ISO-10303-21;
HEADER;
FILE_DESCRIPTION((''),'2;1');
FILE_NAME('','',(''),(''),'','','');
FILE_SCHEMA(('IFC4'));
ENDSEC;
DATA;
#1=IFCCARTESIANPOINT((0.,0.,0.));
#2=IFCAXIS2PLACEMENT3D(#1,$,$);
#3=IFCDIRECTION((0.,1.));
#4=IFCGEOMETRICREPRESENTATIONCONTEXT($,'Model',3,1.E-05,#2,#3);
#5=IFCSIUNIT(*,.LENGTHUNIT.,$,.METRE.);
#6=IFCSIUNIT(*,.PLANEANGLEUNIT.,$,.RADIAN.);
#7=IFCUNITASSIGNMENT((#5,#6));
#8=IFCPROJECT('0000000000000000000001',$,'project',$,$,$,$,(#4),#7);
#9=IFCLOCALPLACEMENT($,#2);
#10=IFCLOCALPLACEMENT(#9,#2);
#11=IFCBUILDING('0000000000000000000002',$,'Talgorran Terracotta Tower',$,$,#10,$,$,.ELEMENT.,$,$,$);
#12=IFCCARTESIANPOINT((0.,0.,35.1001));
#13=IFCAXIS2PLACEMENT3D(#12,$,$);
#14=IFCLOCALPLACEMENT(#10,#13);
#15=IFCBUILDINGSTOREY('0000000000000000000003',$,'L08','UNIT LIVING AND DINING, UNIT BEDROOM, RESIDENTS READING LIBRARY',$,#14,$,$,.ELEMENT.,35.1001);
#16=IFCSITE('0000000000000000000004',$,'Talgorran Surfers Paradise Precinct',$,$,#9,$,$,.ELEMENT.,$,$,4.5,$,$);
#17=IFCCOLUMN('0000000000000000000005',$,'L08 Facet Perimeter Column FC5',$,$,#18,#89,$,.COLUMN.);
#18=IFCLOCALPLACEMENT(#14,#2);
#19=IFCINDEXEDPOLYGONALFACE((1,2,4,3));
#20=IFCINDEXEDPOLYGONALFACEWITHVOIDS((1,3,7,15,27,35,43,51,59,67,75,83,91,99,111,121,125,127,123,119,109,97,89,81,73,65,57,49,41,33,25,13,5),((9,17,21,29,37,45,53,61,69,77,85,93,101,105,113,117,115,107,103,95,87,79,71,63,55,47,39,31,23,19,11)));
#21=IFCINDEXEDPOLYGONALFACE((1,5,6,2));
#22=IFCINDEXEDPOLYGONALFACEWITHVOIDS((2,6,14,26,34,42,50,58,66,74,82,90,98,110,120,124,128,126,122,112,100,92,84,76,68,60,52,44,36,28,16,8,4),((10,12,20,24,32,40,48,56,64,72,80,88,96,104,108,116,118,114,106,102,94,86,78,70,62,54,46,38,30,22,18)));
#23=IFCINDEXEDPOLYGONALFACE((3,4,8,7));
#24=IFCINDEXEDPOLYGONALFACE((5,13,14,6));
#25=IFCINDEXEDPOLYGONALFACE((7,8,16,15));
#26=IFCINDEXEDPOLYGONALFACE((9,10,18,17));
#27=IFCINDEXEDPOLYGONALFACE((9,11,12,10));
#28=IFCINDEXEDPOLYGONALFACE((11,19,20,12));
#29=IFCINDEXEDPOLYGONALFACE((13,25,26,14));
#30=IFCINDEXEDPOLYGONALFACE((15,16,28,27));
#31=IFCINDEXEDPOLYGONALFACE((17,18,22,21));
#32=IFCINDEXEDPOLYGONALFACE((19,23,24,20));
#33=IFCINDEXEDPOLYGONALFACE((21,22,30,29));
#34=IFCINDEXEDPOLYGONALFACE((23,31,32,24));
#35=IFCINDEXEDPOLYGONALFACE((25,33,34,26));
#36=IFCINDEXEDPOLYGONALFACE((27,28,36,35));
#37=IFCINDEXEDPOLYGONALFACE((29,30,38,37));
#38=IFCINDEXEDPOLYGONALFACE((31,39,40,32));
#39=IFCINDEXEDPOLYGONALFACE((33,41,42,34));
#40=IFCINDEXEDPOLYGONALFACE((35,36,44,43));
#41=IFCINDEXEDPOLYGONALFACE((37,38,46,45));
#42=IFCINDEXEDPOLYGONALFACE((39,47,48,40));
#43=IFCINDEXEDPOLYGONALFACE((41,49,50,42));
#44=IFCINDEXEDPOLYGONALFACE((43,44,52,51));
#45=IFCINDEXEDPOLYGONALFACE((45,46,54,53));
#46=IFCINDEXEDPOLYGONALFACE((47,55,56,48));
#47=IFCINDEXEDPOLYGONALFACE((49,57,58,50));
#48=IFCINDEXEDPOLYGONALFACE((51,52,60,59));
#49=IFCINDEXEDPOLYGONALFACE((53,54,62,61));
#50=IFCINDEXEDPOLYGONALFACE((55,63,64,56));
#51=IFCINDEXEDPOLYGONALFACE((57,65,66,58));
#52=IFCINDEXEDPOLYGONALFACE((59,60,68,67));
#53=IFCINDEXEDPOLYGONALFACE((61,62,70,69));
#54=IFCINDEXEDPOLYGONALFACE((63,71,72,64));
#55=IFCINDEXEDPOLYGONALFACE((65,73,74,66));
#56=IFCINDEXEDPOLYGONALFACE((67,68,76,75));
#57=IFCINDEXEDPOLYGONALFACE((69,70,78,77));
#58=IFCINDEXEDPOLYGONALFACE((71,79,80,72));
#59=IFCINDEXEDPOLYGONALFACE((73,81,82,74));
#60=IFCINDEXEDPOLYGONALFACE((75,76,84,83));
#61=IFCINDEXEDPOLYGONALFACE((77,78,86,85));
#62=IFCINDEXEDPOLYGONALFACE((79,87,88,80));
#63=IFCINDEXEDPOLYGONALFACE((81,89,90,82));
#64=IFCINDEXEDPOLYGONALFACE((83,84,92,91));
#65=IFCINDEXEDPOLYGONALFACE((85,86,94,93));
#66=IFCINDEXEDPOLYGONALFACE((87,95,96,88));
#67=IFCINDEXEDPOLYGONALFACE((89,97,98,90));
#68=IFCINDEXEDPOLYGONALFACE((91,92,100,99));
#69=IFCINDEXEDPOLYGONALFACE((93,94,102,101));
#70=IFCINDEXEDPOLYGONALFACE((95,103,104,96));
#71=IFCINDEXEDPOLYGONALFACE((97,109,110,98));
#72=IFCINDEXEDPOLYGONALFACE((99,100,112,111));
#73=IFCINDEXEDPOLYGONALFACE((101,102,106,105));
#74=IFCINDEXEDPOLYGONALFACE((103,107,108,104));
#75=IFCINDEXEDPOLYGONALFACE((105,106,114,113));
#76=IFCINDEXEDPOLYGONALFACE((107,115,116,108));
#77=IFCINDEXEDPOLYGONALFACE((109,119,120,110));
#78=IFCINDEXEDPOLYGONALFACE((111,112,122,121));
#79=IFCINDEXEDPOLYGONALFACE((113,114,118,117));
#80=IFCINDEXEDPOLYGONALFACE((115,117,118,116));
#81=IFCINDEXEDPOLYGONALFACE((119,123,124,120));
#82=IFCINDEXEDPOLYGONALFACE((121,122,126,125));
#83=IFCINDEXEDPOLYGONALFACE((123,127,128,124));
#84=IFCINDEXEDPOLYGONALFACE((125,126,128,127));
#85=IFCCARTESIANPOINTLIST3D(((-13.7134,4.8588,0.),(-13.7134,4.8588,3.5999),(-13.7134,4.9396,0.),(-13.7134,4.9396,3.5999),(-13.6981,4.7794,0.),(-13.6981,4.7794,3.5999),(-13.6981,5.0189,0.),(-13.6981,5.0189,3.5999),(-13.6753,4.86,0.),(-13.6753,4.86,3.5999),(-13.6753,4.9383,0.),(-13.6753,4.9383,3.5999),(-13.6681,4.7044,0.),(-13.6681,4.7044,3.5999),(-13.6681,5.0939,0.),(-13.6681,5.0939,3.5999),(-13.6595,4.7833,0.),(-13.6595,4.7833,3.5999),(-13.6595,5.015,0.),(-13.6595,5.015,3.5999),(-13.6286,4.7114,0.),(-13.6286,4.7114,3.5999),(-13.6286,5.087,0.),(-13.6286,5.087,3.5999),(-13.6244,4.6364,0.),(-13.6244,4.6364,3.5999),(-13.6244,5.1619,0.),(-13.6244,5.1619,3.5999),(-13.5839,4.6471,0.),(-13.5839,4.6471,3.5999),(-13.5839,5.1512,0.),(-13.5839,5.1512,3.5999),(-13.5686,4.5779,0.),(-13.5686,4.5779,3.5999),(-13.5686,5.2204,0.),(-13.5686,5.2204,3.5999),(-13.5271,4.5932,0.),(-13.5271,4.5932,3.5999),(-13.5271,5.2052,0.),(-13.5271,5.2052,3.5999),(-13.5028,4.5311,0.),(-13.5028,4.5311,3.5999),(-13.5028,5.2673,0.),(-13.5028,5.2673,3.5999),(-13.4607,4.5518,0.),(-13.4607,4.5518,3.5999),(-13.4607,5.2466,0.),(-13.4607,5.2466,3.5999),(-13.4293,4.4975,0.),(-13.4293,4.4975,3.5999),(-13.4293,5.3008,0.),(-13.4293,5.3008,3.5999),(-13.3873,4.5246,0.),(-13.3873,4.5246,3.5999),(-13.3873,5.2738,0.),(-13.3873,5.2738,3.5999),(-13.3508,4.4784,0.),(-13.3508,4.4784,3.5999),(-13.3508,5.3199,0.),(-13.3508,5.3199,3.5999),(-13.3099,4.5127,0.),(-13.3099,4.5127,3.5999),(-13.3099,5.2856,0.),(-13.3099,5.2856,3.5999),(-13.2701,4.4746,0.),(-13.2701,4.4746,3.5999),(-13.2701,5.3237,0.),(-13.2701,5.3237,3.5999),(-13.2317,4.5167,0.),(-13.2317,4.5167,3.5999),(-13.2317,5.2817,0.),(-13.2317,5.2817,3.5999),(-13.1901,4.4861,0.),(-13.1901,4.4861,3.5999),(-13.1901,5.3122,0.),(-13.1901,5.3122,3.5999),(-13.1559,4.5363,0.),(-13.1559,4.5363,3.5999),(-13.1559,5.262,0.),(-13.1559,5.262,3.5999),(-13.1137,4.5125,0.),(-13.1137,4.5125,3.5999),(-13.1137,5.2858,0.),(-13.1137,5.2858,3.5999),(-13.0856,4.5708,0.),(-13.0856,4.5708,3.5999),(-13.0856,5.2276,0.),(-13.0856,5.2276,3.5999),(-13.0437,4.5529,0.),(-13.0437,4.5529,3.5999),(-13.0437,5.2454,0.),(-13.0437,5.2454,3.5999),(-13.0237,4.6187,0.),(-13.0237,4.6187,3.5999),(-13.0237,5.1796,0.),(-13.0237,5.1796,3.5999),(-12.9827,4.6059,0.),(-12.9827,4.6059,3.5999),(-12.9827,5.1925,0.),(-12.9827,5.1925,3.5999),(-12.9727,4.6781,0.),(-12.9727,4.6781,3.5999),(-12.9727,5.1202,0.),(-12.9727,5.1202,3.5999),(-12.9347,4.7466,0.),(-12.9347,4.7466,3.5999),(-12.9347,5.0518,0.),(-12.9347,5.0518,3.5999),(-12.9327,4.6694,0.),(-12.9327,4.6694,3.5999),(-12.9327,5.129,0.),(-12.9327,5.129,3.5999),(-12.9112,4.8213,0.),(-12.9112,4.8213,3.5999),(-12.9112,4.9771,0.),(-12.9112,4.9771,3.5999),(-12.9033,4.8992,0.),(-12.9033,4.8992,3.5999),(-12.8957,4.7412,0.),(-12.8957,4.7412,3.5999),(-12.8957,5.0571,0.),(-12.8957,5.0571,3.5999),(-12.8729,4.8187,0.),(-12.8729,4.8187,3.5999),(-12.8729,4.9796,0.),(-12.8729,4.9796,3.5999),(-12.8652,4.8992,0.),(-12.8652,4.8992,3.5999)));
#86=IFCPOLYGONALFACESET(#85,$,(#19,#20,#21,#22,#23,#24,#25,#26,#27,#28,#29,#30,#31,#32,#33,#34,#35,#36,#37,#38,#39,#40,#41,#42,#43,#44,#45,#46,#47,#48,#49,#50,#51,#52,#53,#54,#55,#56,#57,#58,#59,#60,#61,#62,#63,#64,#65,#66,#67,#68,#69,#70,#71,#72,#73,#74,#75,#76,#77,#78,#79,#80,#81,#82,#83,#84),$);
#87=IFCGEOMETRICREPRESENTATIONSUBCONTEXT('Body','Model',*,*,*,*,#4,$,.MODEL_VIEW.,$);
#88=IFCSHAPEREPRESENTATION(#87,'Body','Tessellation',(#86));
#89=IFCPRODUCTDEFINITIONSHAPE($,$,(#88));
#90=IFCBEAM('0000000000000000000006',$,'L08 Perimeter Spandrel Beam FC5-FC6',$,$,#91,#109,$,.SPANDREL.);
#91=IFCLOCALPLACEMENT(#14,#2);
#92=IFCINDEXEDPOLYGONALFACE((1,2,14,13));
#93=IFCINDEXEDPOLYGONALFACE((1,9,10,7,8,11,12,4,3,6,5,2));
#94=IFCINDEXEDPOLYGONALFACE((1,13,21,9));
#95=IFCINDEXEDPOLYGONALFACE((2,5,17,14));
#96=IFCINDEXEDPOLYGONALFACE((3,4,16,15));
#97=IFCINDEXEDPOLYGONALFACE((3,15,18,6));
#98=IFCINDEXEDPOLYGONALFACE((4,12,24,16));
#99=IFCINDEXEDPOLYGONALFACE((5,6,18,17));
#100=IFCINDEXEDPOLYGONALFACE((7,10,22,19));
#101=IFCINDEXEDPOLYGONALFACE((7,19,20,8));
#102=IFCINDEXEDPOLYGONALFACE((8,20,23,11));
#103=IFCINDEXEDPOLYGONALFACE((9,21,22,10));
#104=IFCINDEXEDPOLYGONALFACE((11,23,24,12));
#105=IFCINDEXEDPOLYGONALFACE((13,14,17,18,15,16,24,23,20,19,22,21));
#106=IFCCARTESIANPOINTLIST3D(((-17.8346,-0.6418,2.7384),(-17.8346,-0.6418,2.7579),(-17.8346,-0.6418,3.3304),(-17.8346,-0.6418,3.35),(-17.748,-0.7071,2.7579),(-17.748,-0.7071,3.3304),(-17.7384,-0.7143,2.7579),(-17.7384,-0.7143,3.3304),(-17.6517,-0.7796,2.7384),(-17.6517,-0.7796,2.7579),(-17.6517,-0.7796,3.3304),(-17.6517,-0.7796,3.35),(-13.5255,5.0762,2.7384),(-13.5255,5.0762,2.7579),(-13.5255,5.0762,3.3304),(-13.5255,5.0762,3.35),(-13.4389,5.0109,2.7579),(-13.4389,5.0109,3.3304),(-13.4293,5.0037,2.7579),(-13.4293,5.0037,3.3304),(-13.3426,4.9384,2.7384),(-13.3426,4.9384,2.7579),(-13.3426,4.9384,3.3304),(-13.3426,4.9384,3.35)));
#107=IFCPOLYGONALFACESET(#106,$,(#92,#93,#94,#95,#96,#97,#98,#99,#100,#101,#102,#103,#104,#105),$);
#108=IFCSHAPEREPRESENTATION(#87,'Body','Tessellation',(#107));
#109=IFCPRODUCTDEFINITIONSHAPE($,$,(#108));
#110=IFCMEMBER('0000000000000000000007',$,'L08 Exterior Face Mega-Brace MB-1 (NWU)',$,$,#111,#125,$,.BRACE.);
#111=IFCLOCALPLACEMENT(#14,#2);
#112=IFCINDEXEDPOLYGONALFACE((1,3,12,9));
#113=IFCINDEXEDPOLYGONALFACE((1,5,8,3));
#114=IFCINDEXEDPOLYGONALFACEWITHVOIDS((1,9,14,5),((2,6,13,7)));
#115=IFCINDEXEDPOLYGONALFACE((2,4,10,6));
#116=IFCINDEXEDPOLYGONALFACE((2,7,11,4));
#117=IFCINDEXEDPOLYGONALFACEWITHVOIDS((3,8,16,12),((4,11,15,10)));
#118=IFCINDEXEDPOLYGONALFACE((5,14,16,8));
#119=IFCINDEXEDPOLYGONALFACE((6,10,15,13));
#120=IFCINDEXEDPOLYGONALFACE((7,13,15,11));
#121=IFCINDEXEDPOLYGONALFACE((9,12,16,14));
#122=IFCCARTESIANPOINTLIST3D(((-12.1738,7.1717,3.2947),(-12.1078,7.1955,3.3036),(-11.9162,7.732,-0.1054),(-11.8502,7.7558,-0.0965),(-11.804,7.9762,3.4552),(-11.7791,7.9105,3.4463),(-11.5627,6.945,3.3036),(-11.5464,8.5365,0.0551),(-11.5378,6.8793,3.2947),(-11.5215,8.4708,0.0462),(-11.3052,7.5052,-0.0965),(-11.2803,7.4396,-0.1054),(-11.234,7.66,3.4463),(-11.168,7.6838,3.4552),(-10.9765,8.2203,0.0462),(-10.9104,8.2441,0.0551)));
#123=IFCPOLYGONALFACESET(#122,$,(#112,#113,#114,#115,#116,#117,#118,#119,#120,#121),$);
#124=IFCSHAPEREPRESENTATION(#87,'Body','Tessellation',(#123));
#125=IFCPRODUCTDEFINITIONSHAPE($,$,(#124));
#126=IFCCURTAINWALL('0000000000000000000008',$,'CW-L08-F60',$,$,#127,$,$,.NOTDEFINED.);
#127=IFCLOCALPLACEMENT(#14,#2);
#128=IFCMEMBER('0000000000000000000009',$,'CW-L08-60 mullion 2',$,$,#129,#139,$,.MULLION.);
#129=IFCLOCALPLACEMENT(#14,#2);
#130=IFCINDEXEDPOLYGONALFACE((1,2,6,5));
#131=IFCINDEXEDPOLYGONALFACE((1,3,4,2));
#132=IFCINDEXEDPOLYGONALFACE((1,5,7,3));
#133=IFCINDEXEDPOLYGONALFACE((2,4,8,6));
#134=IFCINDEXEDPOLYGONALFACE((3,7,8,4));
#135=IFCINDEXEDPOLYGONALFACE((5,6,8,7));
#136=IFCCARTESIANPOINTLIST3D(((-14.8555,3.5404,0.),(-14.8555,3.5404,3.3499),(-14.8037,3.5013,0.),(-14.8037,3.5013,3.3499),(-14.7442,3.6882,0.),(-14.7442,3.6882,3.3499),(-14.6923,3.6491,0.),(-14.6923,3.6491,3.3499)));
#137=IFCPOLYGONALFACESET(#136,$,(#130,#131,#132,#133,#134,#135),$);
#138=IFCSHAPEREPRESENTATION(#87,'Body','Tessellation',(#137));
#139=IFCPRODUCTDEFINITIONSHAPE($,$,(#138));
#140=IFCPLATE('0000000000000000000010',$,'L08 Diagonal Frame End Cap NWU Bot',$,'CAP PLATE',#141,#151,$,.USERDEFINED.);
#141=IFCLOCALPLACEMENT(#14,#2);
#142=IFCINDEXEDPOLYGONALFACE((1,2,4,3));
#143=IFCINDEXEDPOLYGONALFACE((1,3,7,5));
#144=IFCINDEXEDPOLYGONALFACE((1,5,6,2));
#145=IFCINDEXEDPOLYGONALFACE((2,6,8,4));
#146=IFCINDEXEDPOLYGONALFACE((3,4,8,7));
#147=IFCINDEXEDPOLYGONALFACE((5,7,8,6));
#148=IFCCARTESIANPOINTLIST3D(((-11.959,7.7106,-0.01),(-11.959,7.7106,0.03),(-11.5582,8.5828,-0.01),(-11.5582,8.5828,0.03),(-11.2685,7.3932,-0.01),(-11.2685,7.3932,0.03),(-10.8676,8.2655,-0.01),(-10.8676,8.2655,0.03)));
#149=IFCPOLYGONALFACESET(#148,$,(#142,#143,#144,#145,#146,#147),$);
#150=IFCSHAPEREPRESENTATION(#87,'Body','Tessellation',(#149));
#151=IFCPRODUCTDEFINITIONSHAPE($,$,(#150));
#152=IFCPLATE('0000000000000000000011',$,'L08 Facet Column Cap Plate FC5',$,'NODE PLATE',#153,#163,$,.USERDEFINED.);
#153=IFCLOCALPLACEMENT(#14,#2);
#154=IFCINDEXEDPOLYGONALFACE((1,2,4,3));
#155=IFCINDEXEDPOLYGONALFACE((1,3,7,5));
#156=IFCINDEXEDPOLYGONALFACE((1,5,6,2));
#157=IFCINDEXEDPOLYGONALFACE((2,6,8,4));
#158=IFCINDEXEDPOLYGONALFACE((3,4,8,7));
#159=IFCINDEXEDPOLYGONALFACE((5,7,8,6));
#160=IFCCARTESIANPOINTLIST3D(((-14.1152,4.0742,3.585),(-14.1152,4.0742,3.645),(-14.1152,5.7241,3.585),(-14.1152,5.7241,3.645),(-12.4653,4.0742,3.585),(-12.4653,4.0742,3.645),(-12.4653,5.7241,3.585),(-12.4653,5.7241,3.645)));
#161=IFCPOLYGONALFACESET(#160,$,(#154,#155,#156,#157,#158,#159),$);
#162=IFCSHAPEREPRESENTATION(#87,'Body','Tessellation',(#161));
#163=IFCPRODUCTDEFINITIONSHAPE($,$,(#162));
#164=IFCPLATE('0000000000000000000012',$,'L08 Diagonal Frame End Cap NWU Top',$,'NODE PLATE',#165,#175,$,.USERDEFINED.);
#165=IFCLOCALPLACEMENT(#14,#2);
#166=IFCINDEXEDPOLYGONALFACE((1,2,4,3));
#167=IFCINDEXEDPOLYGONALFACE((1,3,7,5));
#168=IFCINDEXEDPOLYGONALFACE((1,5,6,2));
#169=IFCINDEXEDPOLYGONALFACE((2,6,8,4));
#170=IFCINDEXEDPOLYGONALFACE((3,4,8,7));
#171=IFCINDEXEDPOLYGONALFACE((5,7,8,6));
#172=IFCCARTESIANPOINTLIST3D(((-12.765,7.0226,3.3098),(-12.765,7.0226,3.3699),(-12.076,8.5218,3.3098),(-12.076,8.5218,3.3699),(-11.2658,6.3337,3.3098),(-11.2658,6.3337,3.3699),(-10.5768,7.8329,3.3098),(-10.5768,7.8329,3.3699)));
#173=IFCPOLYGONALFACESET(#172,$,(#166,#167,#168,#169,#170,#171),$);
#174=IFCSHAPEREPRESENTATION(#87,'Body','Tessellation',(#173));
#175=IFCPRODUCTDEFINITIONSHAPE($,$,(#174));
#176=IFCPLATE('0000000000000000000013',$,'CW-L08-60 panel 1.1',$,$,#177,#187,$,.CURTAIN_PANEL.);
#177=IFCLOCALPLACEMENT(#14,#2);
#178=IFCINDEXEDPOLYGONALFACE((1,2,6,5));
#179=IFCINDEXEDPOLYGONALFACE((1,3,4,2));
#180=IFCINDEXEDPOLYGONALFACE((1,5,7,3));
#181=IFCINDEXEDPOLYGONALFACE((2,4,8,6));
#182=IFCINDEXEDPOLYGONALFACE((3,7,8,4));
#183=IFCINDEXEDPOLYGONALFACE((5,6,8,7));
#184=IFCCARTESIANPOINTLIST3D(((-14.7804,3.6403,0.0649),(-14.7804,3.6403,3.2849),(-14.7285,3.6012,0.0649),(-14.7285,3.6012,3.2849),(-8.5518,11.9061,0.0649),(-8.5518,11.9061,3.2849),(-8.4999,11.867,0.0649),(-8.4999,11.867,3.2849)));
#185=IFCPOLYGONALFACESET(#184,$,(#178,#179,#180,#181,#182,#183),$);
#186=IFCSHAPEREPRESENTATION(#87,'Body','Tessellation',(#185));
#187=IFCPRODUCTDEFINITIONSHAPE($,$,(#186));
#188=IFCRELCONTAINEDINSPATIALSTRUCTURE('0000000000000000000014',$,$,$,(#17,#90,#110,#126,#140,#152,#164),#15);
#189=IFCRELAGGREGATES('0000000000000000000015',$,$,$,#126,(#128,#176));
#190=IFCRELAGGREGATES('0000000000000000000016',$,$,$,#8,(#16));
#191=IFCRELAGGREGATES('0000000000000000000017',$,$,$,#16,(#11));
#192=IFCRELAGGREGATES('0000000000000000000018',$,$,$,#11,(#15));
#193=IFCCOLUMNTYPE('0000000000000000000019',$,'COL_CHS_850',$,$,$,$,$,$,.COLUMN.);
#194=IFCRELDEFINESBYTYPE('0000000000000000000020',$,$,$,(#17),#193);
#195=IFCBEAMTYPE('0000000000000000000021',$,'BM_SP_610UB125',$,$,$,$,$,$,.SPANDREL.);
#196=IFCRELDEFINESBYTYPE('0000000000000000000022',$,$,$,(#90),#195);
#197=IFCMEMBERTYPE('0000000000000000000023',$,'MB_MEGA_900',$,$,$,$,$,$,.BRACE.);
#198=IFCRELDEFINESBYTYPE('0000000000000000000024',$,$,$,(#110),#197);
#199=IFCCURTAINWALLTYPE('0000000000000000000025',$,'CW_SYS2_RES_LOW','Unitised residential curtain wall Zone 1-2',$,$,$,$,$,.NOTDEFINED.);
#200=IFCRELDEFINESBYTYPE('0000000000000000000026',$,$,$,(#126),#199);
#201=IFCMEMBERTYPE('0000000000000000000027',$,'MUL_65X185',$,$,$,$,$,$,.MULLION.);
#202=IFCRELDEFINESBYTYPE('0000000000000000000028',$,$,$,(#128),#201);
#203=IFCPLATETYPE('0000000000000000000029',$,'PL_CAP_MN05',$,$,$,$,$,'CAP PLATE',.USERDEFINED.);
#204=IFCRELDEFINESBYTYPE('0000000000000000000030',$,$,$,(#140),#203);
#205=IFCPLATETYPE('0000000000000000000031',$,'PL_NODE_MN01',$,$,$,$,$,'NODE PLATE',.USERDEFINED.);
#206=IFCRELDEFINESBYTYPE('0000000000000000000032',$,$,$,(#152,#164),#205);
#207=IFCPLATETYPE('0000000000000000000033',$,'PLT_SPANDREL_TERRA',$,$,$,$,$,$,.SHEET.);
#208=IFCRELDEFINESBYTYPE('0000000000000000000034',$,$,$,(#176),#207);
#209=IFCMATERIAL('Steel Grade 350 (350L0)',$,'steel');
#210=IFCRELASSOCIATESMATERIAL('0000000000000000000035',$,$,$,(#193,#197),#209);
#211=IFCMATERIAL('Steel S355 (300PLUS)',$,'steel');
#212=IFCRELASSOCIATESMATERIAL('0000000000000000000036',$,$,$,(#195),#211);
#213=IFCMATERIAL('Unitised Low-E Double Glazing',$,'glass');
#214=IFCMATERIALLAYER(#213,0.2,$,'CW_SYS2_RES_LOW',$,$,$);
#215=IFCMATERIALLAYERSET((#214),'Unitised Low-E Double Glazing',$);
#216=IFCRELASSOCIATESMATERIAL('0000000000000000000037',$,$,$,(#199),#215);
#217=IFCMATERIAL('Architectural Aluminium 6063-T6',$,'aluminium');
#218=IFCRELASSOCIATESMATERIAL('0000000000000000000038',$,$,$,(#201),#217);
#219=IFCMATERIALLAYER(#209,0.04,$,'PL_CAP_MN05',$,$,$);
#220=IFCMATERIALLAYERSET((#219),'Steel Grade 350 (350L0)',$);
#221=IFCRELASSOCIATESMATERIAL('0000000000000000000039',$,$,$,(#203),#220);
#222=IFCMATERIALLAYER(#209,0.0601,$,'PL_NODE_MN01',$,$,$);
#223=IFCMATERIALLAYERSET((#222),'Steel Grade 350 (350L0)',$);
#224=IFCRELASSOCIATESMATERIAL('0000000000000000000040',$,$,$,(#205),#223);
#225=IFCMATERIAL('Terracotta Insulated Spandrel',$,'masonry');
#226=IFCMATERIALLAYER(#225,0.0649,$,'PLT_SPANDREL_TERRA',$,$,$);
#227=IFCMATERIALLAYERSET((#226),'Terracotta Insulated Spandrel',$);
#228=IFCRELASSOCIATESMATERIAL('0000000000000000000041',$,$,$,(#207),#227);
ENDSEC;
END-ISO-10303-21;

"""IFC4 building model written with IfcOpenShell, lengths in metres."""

from ifc_helpers import new_model, si_unit, direction, frame, origin, origin_2d, place, context, subcontext, project, spatial, rectangle, hollow_rectangle, hollow_circle, i_section, extrude, source, transform, mapped, material, layer, layer_set, material_profile, profile_set, type_object, type_shapes, element, aggregate, save


model = new_model("IFC4")

# Units and contexts
model_context = context("Model", 3, precision=1e-05, world=origin(), true_north=direction((0.0, 1.0)))
body_context = subcontext(model_context, "Body", "Model", "MODEL_VIEW")
ifc_project = project(units=[si_unit("LENGTHUNIT", "METRE"), si_unit("PLANEANGLEUNIT", "RADIAN")], contexts=[model_context])

# Site, building, storey
site_placement = place(None, origin())
site = spatial("IfcSite", under=ifc_project, at=site_placement, Name="Talgorran Surfers Paradise Precinct", CompositionType="ELEMENT", RefElevation=4.5)
building_placement = place(site_placement, origin())
building = spatial("IfcBuilding", under=site, at=building_placement, Name="Talgorran Terracotta Tower", CompositionType="ELEMENT")
storey_placement = place(building_placement, frame((0.0, 0.0, 35.1001)))
storey = spatial("IfcBuildingStorey", under=building, at=storey_placement, Name="L08", Description="UNIT LIVING AND DINING, UNIT BEDROOM, RESIDENTS READING LIBRARY", CompositionType="ELEMENT", Elevation=35.1001)

# Column
ifc_material_1 = material(Name="Steel Grade 350 (350L0)", Category="steel")
ifc_material_profile_1 = material_profile(ifc_material_1, hollow_circle(Radius=0.425, WallThickness=0.0381, at=origin_2d()), Name="CHS850X38")
ifc_profile_set_1 = profile_set([ifc_material_profile_1], Name="Steel Grade 350 (350L0)")
column_type = type_object("IfcColumnType", Name="COL_CHS_850", PredefinedType="COLUMN", material=ifc_profile_set_1)
column_placement = place(storey_placement, frame((-13.2903, 4.8992, 0.0), z_axis=(0.0, 0.0, 1.0), x_axis=(1.0, 0.0, 0.0)))
element("IfcColumn", 1, at=column_placement, inside=storey, type_object=column_type, Name="L08 Facet Perimeter Column FC5", PredefinedType="COLUMN", context=body_context, shape_type="SweptSolid", body=[
    extrude(hollow_circle(Radius=0.425, WallThickness=0.0381, at=origin_2d()), origin(), (0.0, 0.0, 1.0), 3.5999),
])

# Beam
ifc_material_2 = material(Name="Steel S355 (300PLUS)", Category="steel")
ifc_material_profile_2 = material_profile(ifc_material_2, i_section(OverallWidth=0.229, OverallDepth=0.6116, WebThickness=0.012, FlangeThickness=0.0195, at=origin_2d()), Name="610UB125")
ifc_profile_set_2 = profile_set([ifc_material_profile_2], Name="Steel S355 (300PLUS)")
beam_type = type_object("IfcBeamType", Name="BM_SP_610UB125", PredefinedType="SPANDREL", material=ifc_profile_set_2)
beam_placement = place(storey_placement, frame((-13.4341, 5.0073, 3.0442), z_axis=(-0.601837, -0.798619, 0.0), x_axis=(0.798619, -0.601837, 0.0)))
element("IfcBeam", 2, at=beam_placement, inside=storey, type_object=beam_type, Name="L08 Perimeter Spandrel Beam FC5-FC6", PredefinedType="SPANDREL", context=body_context, shape_type="SweptSolid", body=[
    extrude(i_section(OverallWidth=0.229, OverallDepth=0.6116, WebThickness=0.012, FlangeThickness=0.0195, at=origin_2d()), origin(), (0.0, 0.0, 1.0), 7.1599),
])

# Member
ifc_material_profile_3 = material_profile(ifc_material_1, hollow_rectangle(XDim=0.7, YDim=0.8999, WallThickness=0.05, at=origin_2d()), Name="WBOX900X700X50")
ifc_profile_set_3 = profile_set([ifc_material_profile_3], Name="Steel Grade 350 (350L0)")
member_type_1 = type_object("IfcMemberType", Name="MB_MEGA_900", PredefinedType="BRACE", material=ifc_profile_set_3)
member_1_placement = place(storey_placement, frame((-11.4133, 7.988, -0.0251), z_axis=(-0.074536, -0.162143, 0.983948), x_axis=(0.908596, -0.417677, 0.0)))
element("IfcMember", 3, at=member_1_placement, inside=storey, type_object=member_type_1, Name="L08 Exterior Face Mega-Brace MB-1 (NWU)", PredefinedType="BRACE", context=body_context, shape_type="SweptSolid", body=[
    extrude(hollow_rectangle(XDim=0.7, YDim=0.8999, WallThickness=0.05, at=origin_2d()), origin(), (0.0, 0.0, 1.0), 3.4556),
])

# Curtain wall, member
ifc_material_3 = material(Name="Unitised Low-E Double Glazing", Category="glass")
ifc_layer_1 = layer(ifc_material_3, 0.2, Name="CW_SYS2_RES_LOW")
ifc_layer_set_1 = layer_set([ifc_layer_1], Name="Unitised Low-E Double Glazing")
curtain_wall_type = type_object("IfcCurtainWallType", Name="CW_SYS2_RES_LOW", Description="Unitised residential curtain wall Zone 1-2", PredefinedType="NOTDEFINED", material=ifc_layer_set_1)
curtain_wall_placement = place(storey_placement, origin())
curtain_wall = element("IfcCurtainWall", 4, at=curtain_wall_placement, inside=storey, type_object=curtain_wall_type, Name="CW-L08-F60", PredefinedType="NOTDEFINED")
ifc_material_4 = material(Name="Architectural Aluminium 6063-T6", Category="aluminium")
ifc_material_profile_4 = material_profile(ifc_material_4, rectangle(XDim=0.0649, YDim=0.1851, at=origin_2d()), Name="CWM65X185")
ifc_profile_set_4 = profile_set([ifc_material_profile_4], Name="Architectural Aluminium 6063-T6")
member_type_2 = type_object("IfcMemberType", Name="MUL_65X185", PredefinedType="MULLION", material=ifc_profile_set_4)
member_2_placement = place(storey_placement, frame((-14.7739, 3.5947, 0.0), z_axis=(0.0, 0.0, 1.0), x_axis=(0.798641, -0.601808, 0.0)))
member_2 = element("IfcMember", 5, at=member_2_placement, type_object=member_type_2, Name="CW-L08-60 mullion 2", PredefinedType="MULLION", context=body_context, shape_type="SweptSolid", body=[
    extrude(rectangle(XDim=0.0649, YDim=0.1851, at=origin_2d()), origin(), (0.0, 0.0, 1.0), 3.3499),
])

# Plates
ifc_layer_2 = layer(ifc_material_1, 0.04, Name="PL_CAP_MN05")
ifc_layer_set_2 = layer_set([ifc_layer_2], Name="Steel Grade 350 (350L0)")
plate_type_1 = type_object("IfcPlateType", Name="PL_CAP_MN05", ElementType="CAP PLATE", PredefinedType="USERDEFINED", material=ifc_layer_set_2)
plate_1_placement = place(storey_placement, frame((-11.4133, 7.988, -0.01), z_axis=(0.0, 0.0, 1.0), x_axis=(-0.41755, -0.908654, 0.0)))
element("IfcPlate", 6, at=plate_1_placement, inside=storey, type_object=plate_type_1, Name="L08 Diagonal Frame End Cap NWU Bot", ObjectType="CAP PLATE", PredefinedType="USERDEFINED", context=body_context, shape_type="SweptSolid", body=[
    extrude(rectangle(XDim=0.96, YDim=0.76, at=origin_2d()), origin(), (0.0, 0.0, 1.0), 0.04),
])
ifc_layer_3 = layer(ifc_material_1, 0.0601, Name="PL_NODE_MN01")
ifc_layer_set_3 = layer_set([ifc_layer_3], Name="Steel Grade 350 (350L0)")
plate_type_2 = type_object("IfcPlateType", Name="PL_NODE_MN01", ElementType="NODE PLATE", PredefinedType="USERDEFINED", material=ifc_layer_set_3)
for number, where, z_axis, x_axis, name in (
    (7, (-13.2903, 4.8992, 3.585), (0.0, 0.0, 1.0), (1.0, 0.0, 0.0), "L08 Facet Column Cap Plate FC5"),
    (8, (-11.6709, 7.4277, 3.3098), (0.0, 0.0, 1.0), (-0.41755, -0.908654, 0.0), "L08 Diagonal Frame End Cap NWU Top"),
):
    element("IfcPlate", number, at=place(storey_placement, frame(where, z_axis=z_axis, x_axis=x_axis)), inside=storey, type_object=plate_type_2, Name=name, ObjectType="NODE PLATE", PredefinedType="USERDEFINED", context=body_context, shape_type="SweptSolid", body=[
        extrude(rectangle(XDim=1.6499, YDim=1.6499, at=origin_2d()), origin(), (0.0, 0.0, 1.0), 0.0601),
    ])

# Plate
ifc_material_5 = material(Name="Terracotta Insulated Spandrel", Category="masonry")
ifc_layer_4 = layer(ifc_material_5, 0.0649, Name="PLT_SPANDREL_TERRA")
ifc_layer_set_4 = layer_set([ifc_layer_4], Name="Terracotta Insulated Spandrel")
plate_type_3 = type_object("IfcPlateType", Name="PLT_SPANDREL_TERRA", PredefinedType="SHEET", material=ifc_layer_set_4)
shared_shape_1 = source(origin(), body_context, "Body", "SweptSolid", [
    extrude(rectangle(XDim=10.3499, YDim=0.0649, at=origin_2d()), origin(), (0.0, 0.0, 1.0), 3.22),
])
type_shapes(plate_type_3, [shared_shape_1])
plate_2_placement = place(storey_placement, frame((-11.6401, 7.7537, 0.0649), z_axis=(0.0, 0.0, 1.0), x_axis=(-0.601808, -0.798641, 0.0)))
plate_2 = element("IfcPlate", 9, at=plate_2_placement, type_object=plate_type_3, Name="CW-L08-60 panel 1.1", PredefinedType="CURTAIN_PANEL", context=body_context, shape_type="MappedRepresentation", body=[
    mapped(shared_shape_1, transform((0.0, 0.0, 0.0), scale=1.0)),
])
aggregate(curtain_wall, [member_2, plate_2])

save(model, "model.ifc")
